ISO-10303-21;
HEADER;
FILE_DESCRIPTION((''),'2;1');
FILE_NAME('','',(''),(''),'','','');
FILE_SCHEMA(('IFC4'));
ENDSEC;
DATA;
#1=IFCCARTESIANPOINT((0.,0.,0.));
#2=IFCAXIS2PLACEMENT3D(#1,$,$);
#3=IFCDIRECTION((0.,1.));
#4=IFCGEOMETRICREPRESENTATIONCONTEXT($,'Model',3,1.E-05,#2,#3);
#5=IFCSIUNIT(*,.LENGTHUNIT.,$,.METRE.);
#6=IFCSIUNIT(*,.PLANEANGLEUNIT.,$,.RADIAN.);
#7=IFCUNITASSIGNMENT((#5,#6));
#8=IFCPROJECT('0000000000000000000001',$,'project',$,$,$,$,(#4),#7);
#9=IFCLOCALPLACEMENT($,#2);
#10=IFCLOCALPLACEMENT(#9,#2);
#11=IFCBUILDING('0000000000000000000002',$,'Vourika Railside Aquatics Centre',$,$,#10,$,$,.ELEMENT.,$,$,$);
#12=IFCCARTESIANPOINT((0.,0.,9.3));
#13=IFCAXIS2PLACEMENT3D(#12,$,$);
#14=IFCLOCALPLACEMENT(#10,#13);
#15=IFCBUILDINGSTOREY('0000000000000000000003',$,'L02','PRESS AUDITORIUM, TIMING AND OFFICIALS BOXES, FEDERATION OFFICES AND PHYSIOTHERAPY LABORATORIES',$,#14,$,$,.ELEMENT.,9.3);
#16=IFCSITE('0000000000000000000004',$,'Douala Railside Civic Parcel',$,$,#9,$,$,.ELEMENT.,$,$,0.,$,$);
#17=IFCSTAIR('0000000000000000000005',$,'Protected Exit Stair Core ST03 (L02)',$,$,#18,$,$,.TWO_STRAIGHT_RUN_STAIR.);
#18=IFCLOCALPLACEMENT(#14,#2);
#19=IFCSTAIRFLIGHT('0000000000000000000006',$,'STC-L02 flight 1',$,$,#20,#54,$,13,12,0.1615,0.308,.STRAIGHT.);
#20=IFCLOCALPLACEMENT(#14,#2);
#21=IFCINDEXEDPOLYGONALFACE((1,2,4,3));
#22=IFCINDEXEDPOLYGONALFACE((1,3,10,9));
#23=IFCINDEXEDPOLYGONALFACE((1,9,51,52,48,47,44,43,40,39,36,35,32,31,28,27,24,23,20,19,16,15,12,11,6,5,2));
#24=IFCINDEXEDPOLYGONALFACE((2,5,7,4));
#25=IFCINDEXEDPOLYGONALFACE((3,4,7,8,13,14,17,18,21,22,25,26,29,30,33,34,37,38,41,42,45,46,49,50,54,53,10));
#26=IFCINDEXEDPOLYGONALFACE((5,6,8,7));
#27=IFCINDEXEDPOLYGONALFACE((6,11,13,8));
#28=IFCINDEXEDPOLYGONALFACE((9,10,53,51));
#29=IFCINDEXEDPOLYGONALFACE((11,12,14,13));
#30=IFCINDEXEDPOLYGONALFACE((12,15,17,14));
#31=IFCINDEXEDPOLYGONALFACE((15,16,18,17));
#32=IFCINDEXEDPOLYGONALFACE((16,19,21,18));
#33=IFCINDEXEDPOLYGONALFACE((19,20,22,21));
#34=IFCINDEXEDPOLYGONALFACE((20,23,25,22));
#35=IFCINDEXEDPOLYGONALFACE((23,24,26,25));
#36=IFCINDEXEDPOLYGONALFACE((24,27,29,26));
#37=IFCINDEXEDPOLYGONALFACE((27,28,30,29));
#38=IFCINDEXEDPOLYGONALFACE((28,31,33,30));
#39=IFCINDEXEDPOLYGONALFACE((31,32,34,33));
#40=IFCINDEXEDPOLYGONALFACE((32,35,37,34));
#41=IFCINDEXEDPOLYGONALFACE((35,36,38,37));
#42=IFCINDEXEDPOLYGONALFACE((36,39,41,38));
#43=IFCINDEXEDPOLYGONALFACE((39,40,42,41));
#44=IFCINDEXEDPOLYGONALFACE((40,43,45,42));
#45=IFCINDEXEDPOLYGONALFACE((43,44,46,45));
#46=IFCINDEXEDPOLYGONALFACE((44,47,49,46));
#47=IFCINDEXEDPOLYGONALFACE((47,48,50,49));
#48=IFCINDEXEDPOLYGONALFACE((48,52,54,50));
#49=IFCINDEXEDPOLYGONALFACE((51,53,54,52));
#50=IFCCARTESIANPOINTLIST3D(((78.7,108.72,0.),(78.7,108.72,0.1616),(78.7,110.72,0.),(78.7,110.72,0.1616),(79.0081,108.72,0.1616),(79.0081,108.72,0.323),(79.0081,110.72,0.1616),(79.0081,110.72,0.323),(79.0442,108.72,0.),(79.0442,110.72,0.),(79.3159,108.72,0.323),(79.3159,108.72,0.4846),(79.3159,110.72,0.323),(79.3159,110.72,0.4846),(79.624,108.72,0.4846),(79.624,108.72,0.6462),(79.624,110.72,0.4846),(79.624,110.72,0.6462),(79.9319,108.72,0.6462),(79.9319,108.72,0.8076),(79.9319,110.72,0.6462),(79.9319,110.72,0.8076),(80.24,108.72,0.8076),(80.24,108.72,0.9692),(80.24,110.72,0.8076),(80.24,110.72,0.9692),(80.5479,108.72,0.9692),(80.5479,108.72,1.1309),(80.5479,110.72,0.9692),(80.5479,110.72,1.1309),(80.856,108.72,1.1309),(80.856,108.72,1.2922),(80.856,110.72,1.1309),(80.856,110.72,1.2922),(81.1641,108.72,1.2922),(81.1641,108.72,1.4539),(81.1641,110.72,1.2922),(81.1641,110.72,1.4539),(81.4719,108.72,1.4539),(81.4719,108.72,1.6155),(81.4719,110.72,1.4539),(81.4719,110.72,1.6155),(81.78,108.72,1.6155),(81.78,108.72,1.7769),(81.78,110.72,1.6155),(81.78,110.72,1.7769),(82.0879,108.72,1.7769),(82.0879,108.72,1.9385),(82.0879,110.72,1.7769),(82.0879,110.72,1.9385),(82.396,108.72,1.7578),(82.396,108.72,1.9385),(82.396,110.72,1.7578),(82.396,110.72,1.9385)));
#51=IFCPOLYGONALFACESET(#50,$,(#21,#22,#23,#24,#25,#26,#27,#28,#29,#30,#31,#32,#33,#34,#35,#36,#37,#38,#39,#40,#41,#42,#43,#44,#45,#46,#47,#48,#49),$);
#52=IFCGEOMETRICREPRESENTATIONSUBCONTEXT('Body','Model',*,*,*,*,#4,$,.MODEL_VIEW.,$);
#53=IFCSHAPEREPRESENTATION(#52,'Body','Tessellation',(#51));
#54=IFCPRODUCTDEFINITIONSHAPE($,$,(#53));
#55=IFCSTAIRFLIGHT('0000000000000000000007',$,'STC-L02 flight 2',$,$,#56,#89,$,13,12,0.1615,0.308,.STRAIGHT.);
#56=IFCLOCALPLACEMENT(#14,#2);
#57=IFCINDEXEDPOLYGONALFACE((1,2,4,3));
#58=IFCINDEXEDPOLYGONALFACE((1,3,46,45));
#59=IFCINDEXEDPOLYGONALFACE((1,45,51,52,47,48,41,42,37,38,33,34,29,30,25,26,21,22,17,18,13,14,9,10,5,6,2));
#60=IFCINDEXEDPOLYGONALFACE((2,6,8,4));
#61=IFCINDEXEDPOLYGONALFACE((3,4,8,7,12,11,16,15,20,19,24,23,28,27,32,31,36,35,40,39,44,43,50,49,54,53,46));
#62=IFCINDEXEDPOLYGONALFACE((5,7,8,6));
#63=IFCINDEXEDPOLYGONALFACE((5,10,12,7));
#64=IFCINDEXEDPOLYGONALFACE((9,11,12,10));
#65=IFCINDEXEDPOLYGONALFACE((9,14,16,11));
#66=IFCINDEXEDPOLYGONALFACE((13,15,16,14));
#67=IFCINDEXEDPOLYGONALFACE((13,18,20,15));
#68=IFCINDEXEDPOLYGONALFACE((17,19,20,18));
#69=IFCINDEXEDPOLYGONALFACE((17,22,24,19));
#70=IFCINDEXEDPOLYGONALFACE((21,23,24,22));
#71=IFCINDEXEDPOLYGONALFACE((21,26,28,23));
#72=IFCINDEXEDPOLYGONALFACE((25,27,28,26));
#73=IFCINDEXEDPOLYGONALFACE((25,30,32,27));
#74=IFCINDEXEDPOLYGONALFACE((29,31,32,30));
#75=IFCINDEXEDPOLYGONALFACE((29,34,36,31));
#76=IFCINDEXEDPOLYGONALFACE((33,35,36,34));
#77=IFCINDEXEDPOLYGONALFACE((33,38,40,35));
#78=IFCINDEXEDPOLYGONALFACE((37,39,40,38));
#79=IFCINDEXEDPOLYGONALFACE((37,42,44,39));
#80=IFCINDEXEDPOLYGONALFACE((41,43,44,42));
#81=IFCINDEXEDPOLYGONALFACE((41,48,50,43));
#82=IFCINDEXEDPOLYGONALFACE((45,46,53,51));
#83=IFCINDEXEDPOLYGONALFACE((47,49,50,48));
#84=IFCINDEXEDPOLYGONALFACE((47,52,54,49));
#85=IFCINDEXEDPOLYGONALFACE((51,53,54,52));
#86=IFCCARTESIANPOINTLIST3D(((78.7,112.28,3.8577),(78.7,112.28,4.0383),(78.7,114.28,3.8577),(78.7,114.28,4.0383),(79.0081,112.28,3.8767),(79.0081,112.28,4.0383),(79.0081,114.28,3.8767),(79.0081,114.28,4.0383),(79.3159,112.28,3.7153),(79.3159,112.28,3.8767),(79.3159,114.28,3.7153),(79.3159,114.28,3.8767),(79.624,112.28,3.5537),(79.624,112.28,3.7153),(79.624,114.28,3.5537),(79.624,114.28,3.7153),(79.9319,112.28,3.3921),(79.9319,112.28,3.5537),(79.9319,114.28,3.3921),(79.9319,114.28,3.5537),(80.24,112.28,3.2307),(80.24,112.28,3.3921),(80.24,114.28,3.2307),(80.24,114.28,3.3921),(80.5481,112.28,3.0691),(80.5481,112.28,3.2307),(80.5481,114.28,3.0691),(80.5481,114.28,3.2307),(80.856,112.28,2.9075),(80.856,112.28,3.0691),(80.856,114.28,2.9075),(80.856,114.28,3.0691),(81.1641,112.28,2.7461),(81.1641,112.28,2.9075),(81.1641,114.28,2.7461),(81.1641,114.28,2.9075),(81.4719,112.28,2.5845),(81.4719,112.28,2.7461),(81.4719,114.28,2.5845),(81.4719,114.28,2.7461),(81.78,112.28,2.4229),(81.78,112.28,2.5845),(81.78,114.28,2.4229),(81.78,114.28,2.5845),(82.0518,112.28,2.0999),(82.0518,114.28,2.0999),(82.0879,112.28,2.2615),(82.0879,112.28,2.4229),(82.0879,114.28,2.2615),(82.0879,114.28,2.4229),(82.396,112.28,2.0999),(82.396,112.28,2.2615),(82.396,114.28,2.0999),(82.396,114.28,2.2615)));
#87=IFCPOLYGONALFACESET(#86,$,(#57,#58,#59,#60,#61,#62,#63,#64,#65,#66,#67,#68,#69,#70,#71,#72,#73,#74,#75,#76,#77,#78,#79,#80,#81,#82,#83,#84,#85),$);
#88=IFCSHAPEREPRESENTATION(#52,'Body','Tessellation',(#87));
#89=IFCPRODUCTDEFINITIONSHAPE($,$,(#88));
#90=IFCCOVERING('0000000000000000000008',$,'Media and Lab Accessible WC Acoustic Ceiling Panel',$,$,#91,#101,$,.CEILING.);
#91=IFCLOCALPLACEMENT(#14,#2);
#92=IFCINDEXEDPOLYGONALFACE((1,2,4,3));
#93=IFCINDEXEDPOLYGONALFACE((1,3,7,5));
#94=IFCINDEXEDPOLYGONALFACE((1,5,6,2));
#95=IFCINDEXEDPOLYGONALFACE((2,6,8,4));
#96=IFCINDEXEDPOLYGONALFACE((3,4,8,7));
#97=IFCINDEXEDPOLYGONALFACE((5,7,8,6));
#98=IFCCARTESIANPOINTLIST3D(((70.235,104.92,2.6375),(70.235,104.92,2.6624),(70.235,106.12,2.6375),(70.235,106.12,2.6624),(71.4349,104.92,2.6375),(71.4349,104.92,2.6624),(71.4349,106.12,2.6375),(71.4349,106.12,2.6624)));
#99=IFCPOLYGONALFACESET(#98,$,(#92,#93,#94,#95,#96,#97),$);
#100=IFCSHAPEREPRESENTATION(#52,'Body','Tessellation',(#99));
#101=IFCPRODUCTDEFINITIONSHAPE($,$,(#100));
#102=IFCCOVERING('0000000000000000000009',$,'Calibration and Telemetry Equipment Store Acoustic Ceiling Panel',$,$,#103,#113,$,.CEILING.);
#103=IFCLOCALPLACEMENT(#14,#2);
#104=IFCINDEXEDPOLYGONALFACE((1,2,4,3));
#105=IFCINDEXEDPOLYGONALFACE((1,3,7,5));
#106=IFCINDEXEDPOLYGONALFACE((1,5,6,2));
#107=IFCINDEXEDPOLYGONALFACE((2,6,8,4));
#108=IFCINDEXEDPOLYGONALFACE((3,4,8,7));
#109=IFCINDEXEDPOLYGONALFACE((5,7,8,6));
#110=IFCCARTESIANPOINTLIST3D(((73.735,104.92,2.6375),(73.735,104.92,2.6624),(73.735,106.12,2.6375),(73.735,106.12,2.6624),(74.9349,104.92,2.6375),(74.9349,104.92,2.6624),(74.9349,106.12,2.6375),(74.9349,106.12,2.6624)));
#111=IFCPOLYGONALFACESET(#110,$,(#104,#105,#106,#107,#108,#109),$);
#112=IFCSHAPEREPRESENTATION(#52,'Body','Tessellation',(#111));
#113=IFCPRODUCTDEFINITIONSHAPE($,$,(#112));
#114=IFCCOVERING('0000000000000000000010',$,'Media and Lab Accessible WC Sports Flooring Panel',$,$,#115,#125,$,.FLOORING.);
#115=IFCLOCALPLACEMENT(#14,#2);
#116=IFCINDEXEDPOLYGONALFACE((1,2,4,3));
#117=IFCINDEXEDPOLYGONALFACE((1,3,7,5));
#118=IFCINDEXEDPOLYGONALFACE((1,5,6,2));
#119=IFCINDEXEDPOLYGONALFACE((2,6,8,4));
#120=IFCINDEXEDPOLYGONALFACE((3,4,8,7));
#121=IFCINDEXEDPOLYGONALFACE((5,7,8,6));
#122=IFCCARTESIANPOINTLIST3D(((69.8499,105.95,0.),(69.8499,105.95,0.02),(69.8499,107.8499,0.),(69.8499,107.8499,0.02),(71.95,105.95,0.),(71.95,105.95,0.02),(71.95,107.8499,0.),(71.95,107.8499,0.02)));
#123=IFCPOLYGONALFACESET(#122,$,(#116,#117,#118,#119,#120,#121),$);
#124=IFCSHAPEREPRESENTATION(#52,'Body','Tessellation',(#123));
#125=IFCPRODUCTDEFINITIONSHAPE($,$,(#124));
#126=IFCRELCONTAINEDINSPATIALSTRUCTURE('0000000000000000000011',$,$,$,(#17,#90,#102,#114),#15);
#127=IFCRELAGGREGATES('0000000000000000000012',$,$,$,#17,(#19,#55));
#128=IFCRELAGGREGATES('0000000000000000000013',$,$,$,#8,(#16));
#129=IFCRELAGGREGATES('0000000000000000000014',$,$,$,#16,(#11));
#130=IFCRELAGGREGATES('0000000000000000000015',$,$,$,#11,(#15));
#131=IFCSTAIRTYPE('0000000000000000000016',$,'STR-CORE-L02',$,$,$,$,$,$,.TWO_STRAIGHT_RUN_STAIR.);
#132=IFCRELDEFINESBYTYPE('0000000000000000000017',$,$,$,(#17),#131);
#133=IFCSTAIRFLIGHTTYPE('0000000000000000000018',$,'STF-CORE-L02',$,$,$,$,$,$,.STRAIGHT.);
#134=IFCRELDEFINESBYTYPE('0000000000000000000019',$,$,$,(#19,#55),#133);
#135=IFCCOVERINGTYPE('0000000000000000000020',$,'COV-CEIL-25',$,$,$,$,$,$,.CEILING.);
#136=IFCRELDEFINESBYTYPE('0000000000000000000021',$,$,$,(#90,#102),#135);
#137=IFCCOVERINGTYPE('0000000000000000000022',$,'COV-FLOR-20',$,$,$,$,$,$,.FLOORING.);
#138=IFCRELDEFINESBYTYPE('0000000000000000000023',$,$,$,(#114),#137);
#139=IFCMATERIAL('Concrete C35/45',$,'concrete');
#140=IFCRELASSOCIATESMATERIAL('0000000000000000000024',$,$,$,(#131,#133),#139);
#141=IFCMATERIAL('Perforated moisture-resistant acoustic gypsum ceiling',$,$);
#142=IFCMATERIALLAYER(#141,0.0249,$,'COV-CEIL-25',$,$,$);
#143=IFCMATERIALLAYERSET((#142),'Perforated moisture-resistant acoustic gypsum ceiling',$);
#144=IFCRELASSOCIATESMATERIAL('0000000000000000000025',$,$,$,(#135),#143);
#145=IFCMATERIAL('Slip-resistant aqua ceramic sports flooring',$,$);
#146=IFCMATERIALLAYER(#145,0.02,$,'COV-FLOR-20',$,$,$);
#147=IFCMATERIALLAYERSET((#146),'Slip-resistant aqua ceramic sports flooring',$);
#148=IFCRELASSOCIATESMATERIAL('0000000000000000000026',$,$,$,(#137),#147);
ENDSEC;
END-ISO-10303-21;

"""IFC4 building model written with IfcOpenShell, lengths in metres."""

from ifc_helpers import new_model, si_unit, direction, frame, origin, origin_2d, place, context, subcontext, project, spatial, polyline, rectangle, outline, extrude, material, layer, layer_set, type_object, element, aggregate, save


model = new_model("IFC4")

# Units and contexts
model_context = context("Model", 3, precision=1e-05, world=origin(), true_north=direction((0.0, 1.0)))
body_context = subcontext(model_context, "Body", "Model", "MODEL_VIEW")
ifc_project = project(units=[si_unit("LENGTHUNIT", "METRE"), si_unit("PLANEANGLEUNIT", "RADIAN")], contexts=[model_context])

# Site, building, storey
site_placement = place(None, origin())
site = spatial("IfcSite", under=ifc_project, at=site_placement, Name="Douala Railside Civic Parcel", CompositionType="ELEMENT", RefElevation=0.0)
building_placement = place(site_placement, origin())
building = spatial("IfcBuilding", under=site, at=building_placement, Name="Vourika Railside Aquatics Centre", CompositionType="ELEMENT")
storey_placement = place(building_placement, frame((0.0, 0.0, 9.3)))
storey = spatial("IfcBuildingStorey", under=building, at=storey_placement, Name="L02", Description="PRESS AUDITORIUM, TIMING AND OFFICIALS BOXES, FEDERATION OFFICES AND PHYSIOTHERAPY LABORATORIES", CompositionType="ELEMENT", Elevation=9.3)

# Shared definitions
ifc_material_1 = material(Name="Concrete C35/45", Category="concrete")

# Stair, stair flights
stair_type = type_object("IfcStairType", Name="STR-CORE-L02", PredefinedType="TWO_STRAIGHT_RUN_STAIR", material=ifc_material_1)
stair_placement = place(storey_placement, origin())
stair = element("IfcStair", 1, at=stair_placement, inside=storey, type_object=stair_type, Name="Protected Exit Stair Core ST03 (L02)", PredefinedType="TWO_STRAIGHT_RUN_STAIR")
stair_flight_type = type_object("IfcStairFlightType", Name="STF-CORE-L02", PredefinedType="STRAIGHT", material=ifc_material_1)
stair_flight_1_placement = place(storey_placement, frame((78.7, 109.72, 0.0), z_axis=(0.0, 0.0, 1.0), x_axis=(1.0, 0.0, 0.0)))
stair_flight_1 = element("IfcStairFlight", 2, at=stair_flight_1_placement, type_object=stair_flight_type, Name="STC-L02 flight 1", NumberOfRisers=13, NumberOfTreads=12, PredefinedType="STRAIGHT", RiserHeight=0.1615, TreadLength=0.308, context=body_context, shape_type="SweptSolid", body=[
    extrude(outline(polyline([(0.0, 0.0), (0.0, 0.1616), (0.3081, 0.1616), (0.3081, 0.323), (0.616, 0.323), (0.616, 0.4846), (0.9241, 0.4846), (0.9241, 0.6462), (1.2319, 0.6462), (1.2319, 0.8076), (1.54, 0.8076), (1.54, 0.9692), (1.8479, 0.9692), (1.8479, 1.1309), (2.156, 1.1309), (2.156, 1.2922), (2.4641, 1.2922), (2.4641, 1.4539), (2.772, 1.4539), (2.772, 1.6155), (3.0801, 1.6155), (3.0801, 1.7769), (3.3879, 1.7769), (3.3879, 1.9385), (3.696, 1.9385), (3.696, 2.1001), (3.696, 1.7578), (0.3442, 0.0), (0.0, 0.0)])), frame((0.0, 1.0, 0.0), z_axis=(0.0, -1.0, 0.0), x_axis=(1.0, 0.0, 0.0)), (0.0, 0.0, 1.0), 2.0),
])
stair_flight_2_placement = place(storey_placement, frame((82.396, 113.28, 2.0999), z_axis=(0.0, 0.0, 1.0), x_axis=(-1.0, 0.0, 0.0)))
stair_flight_2 = element("IfcStairFlight", 3, at=stair_flight_2_placement, type_object=stair_flight_type, Name="STC-L02 flight 2", NumberOfRisers=13, NumberOfTreads=12, PredefinedType="STRAIGHT", RiserHeight=0.1615, TreadLength=0.308, context=body_context, shape_type="SweptSolid", body=[
    extrude(outline(polyline([(0.0, 0.0), (0.0, 0.1616), (0.3081, 0.1616), (0.3081, 0.323), (0.616, 0.323), (0.616, 0.4846), (0.9241, 0.4846), (0.9241, 0.6462), (1.2319, 0.6462), (1.2319, 0.8076), (1.54, 0.8076), (1.54, 0.9692), (1.8479, 0.9692), (1.8479, 1.1309), (2.156, 1.1309), (2.156, 1.2922), (2.4641, 1.2922), (2.4641, 1.4539), (2.772, 1.4539), (2.772, 1.6155), (3.0801, 1.6155), (3.0801, 1.7769), (3.3879, 1.7769), (3.3879, 1.9385), (3.696, 1.9385), (3.696, 2.1001), (3.696, 1.7578), (0.3442, 0.0), (0.0, 0.0)])), frame((0.0, 1.0, 0.0), z_axis=(0.0, -1.0, 0.0), x_axis=(1.0, 0.0, 0.0)), (0.0, 0.0, 1.0), 2.0),
])
aggregate(stair, [stair_flight_1, stair_flight_2])

# Coverings
ifc_material_2 = material(Name="Perforated moisture-resistant acoustic gypsum ceiling")
ifc_layer_1 = layer(ifc_material_2, 0.0249, Name="COV-CEIL-25")
ifc_layer_set_1 = layer_set([ifc_layer_1], Name="Perforated moisture-resistant acoustic gypsum ceiling")
covering_type_1 = type_object("IfcCoveringType", Name="COV-CEIL-25", PredefinedType="CEILING", material=ifc_layer_set_1)
for number, where, z_axis, x_axis, name in (
    (4, (70.835, 105.52, 2.6375), (0.0, 0.0, 1.0), (1.0, 0.0, 0.0), "Media and Lab Accessible WC Acoustic Ceiling Panel"),
    (5, (74.335, 105.52, 2.6375), (0.0, 0.0, 1.0), (1.0, 0.0, 0.0), "Calibration and Telemetry Equipment Store Acoustic Ceiling Panel"),
):
    element("IfcCovering", number, at=place(storey_placement, frame(where, z_axis=z_axis, x_axis=x_axis)), inside=storey, type_object=covering_type_1, Name=name, PredefinedType="CEILING", context=body_context, shape_type="SweptSolid", body=[
        extrude(rectangle(XDim=1.2, YDim=1.2, at=origin_2d()), origin(), (0.0, 0.0, 1.0), 0.0249),
    ])
ifc_material_3 = material(Name="Slip-resistant aqua ceramic sports flooring")
ifc_layer_2 = layer(ifc_material_3, 0.02, Name="COV-FLOR-20")
ifc_layer_set_2 = layer_set([ifc_layer_2], Name="Slip-resistant aqua ceramic sports flooring")
covering_type_2 = type_object("IfcCoveringType", Name="COV-FLOR-20", PredefinedType="FLOORING", material=ifc_layer_set_2)
covering_placement = place(storey_placement, frame((70.8999, 106.8999, 0.0), z_axis=(0.0, 0.0, 1.0), x_axis=(1.0, 0.0, 0.0)))
element("IfcCovering", 6, at=covering_placement, inside=storey, type_object=covering_type_2, Name="Media and Lab Accessible WC Sports Flooring Panel", PredefinedType="FLOORING", context=body_context, shape_type="SweptSolid", body=[
    extrude(rectangle(XDim=2.1001, YDim=1.8999, at=origin_2d()), origin(), (0.0, 0.0, 1.0), 0.02),
])

save(model, "model.ifc")
